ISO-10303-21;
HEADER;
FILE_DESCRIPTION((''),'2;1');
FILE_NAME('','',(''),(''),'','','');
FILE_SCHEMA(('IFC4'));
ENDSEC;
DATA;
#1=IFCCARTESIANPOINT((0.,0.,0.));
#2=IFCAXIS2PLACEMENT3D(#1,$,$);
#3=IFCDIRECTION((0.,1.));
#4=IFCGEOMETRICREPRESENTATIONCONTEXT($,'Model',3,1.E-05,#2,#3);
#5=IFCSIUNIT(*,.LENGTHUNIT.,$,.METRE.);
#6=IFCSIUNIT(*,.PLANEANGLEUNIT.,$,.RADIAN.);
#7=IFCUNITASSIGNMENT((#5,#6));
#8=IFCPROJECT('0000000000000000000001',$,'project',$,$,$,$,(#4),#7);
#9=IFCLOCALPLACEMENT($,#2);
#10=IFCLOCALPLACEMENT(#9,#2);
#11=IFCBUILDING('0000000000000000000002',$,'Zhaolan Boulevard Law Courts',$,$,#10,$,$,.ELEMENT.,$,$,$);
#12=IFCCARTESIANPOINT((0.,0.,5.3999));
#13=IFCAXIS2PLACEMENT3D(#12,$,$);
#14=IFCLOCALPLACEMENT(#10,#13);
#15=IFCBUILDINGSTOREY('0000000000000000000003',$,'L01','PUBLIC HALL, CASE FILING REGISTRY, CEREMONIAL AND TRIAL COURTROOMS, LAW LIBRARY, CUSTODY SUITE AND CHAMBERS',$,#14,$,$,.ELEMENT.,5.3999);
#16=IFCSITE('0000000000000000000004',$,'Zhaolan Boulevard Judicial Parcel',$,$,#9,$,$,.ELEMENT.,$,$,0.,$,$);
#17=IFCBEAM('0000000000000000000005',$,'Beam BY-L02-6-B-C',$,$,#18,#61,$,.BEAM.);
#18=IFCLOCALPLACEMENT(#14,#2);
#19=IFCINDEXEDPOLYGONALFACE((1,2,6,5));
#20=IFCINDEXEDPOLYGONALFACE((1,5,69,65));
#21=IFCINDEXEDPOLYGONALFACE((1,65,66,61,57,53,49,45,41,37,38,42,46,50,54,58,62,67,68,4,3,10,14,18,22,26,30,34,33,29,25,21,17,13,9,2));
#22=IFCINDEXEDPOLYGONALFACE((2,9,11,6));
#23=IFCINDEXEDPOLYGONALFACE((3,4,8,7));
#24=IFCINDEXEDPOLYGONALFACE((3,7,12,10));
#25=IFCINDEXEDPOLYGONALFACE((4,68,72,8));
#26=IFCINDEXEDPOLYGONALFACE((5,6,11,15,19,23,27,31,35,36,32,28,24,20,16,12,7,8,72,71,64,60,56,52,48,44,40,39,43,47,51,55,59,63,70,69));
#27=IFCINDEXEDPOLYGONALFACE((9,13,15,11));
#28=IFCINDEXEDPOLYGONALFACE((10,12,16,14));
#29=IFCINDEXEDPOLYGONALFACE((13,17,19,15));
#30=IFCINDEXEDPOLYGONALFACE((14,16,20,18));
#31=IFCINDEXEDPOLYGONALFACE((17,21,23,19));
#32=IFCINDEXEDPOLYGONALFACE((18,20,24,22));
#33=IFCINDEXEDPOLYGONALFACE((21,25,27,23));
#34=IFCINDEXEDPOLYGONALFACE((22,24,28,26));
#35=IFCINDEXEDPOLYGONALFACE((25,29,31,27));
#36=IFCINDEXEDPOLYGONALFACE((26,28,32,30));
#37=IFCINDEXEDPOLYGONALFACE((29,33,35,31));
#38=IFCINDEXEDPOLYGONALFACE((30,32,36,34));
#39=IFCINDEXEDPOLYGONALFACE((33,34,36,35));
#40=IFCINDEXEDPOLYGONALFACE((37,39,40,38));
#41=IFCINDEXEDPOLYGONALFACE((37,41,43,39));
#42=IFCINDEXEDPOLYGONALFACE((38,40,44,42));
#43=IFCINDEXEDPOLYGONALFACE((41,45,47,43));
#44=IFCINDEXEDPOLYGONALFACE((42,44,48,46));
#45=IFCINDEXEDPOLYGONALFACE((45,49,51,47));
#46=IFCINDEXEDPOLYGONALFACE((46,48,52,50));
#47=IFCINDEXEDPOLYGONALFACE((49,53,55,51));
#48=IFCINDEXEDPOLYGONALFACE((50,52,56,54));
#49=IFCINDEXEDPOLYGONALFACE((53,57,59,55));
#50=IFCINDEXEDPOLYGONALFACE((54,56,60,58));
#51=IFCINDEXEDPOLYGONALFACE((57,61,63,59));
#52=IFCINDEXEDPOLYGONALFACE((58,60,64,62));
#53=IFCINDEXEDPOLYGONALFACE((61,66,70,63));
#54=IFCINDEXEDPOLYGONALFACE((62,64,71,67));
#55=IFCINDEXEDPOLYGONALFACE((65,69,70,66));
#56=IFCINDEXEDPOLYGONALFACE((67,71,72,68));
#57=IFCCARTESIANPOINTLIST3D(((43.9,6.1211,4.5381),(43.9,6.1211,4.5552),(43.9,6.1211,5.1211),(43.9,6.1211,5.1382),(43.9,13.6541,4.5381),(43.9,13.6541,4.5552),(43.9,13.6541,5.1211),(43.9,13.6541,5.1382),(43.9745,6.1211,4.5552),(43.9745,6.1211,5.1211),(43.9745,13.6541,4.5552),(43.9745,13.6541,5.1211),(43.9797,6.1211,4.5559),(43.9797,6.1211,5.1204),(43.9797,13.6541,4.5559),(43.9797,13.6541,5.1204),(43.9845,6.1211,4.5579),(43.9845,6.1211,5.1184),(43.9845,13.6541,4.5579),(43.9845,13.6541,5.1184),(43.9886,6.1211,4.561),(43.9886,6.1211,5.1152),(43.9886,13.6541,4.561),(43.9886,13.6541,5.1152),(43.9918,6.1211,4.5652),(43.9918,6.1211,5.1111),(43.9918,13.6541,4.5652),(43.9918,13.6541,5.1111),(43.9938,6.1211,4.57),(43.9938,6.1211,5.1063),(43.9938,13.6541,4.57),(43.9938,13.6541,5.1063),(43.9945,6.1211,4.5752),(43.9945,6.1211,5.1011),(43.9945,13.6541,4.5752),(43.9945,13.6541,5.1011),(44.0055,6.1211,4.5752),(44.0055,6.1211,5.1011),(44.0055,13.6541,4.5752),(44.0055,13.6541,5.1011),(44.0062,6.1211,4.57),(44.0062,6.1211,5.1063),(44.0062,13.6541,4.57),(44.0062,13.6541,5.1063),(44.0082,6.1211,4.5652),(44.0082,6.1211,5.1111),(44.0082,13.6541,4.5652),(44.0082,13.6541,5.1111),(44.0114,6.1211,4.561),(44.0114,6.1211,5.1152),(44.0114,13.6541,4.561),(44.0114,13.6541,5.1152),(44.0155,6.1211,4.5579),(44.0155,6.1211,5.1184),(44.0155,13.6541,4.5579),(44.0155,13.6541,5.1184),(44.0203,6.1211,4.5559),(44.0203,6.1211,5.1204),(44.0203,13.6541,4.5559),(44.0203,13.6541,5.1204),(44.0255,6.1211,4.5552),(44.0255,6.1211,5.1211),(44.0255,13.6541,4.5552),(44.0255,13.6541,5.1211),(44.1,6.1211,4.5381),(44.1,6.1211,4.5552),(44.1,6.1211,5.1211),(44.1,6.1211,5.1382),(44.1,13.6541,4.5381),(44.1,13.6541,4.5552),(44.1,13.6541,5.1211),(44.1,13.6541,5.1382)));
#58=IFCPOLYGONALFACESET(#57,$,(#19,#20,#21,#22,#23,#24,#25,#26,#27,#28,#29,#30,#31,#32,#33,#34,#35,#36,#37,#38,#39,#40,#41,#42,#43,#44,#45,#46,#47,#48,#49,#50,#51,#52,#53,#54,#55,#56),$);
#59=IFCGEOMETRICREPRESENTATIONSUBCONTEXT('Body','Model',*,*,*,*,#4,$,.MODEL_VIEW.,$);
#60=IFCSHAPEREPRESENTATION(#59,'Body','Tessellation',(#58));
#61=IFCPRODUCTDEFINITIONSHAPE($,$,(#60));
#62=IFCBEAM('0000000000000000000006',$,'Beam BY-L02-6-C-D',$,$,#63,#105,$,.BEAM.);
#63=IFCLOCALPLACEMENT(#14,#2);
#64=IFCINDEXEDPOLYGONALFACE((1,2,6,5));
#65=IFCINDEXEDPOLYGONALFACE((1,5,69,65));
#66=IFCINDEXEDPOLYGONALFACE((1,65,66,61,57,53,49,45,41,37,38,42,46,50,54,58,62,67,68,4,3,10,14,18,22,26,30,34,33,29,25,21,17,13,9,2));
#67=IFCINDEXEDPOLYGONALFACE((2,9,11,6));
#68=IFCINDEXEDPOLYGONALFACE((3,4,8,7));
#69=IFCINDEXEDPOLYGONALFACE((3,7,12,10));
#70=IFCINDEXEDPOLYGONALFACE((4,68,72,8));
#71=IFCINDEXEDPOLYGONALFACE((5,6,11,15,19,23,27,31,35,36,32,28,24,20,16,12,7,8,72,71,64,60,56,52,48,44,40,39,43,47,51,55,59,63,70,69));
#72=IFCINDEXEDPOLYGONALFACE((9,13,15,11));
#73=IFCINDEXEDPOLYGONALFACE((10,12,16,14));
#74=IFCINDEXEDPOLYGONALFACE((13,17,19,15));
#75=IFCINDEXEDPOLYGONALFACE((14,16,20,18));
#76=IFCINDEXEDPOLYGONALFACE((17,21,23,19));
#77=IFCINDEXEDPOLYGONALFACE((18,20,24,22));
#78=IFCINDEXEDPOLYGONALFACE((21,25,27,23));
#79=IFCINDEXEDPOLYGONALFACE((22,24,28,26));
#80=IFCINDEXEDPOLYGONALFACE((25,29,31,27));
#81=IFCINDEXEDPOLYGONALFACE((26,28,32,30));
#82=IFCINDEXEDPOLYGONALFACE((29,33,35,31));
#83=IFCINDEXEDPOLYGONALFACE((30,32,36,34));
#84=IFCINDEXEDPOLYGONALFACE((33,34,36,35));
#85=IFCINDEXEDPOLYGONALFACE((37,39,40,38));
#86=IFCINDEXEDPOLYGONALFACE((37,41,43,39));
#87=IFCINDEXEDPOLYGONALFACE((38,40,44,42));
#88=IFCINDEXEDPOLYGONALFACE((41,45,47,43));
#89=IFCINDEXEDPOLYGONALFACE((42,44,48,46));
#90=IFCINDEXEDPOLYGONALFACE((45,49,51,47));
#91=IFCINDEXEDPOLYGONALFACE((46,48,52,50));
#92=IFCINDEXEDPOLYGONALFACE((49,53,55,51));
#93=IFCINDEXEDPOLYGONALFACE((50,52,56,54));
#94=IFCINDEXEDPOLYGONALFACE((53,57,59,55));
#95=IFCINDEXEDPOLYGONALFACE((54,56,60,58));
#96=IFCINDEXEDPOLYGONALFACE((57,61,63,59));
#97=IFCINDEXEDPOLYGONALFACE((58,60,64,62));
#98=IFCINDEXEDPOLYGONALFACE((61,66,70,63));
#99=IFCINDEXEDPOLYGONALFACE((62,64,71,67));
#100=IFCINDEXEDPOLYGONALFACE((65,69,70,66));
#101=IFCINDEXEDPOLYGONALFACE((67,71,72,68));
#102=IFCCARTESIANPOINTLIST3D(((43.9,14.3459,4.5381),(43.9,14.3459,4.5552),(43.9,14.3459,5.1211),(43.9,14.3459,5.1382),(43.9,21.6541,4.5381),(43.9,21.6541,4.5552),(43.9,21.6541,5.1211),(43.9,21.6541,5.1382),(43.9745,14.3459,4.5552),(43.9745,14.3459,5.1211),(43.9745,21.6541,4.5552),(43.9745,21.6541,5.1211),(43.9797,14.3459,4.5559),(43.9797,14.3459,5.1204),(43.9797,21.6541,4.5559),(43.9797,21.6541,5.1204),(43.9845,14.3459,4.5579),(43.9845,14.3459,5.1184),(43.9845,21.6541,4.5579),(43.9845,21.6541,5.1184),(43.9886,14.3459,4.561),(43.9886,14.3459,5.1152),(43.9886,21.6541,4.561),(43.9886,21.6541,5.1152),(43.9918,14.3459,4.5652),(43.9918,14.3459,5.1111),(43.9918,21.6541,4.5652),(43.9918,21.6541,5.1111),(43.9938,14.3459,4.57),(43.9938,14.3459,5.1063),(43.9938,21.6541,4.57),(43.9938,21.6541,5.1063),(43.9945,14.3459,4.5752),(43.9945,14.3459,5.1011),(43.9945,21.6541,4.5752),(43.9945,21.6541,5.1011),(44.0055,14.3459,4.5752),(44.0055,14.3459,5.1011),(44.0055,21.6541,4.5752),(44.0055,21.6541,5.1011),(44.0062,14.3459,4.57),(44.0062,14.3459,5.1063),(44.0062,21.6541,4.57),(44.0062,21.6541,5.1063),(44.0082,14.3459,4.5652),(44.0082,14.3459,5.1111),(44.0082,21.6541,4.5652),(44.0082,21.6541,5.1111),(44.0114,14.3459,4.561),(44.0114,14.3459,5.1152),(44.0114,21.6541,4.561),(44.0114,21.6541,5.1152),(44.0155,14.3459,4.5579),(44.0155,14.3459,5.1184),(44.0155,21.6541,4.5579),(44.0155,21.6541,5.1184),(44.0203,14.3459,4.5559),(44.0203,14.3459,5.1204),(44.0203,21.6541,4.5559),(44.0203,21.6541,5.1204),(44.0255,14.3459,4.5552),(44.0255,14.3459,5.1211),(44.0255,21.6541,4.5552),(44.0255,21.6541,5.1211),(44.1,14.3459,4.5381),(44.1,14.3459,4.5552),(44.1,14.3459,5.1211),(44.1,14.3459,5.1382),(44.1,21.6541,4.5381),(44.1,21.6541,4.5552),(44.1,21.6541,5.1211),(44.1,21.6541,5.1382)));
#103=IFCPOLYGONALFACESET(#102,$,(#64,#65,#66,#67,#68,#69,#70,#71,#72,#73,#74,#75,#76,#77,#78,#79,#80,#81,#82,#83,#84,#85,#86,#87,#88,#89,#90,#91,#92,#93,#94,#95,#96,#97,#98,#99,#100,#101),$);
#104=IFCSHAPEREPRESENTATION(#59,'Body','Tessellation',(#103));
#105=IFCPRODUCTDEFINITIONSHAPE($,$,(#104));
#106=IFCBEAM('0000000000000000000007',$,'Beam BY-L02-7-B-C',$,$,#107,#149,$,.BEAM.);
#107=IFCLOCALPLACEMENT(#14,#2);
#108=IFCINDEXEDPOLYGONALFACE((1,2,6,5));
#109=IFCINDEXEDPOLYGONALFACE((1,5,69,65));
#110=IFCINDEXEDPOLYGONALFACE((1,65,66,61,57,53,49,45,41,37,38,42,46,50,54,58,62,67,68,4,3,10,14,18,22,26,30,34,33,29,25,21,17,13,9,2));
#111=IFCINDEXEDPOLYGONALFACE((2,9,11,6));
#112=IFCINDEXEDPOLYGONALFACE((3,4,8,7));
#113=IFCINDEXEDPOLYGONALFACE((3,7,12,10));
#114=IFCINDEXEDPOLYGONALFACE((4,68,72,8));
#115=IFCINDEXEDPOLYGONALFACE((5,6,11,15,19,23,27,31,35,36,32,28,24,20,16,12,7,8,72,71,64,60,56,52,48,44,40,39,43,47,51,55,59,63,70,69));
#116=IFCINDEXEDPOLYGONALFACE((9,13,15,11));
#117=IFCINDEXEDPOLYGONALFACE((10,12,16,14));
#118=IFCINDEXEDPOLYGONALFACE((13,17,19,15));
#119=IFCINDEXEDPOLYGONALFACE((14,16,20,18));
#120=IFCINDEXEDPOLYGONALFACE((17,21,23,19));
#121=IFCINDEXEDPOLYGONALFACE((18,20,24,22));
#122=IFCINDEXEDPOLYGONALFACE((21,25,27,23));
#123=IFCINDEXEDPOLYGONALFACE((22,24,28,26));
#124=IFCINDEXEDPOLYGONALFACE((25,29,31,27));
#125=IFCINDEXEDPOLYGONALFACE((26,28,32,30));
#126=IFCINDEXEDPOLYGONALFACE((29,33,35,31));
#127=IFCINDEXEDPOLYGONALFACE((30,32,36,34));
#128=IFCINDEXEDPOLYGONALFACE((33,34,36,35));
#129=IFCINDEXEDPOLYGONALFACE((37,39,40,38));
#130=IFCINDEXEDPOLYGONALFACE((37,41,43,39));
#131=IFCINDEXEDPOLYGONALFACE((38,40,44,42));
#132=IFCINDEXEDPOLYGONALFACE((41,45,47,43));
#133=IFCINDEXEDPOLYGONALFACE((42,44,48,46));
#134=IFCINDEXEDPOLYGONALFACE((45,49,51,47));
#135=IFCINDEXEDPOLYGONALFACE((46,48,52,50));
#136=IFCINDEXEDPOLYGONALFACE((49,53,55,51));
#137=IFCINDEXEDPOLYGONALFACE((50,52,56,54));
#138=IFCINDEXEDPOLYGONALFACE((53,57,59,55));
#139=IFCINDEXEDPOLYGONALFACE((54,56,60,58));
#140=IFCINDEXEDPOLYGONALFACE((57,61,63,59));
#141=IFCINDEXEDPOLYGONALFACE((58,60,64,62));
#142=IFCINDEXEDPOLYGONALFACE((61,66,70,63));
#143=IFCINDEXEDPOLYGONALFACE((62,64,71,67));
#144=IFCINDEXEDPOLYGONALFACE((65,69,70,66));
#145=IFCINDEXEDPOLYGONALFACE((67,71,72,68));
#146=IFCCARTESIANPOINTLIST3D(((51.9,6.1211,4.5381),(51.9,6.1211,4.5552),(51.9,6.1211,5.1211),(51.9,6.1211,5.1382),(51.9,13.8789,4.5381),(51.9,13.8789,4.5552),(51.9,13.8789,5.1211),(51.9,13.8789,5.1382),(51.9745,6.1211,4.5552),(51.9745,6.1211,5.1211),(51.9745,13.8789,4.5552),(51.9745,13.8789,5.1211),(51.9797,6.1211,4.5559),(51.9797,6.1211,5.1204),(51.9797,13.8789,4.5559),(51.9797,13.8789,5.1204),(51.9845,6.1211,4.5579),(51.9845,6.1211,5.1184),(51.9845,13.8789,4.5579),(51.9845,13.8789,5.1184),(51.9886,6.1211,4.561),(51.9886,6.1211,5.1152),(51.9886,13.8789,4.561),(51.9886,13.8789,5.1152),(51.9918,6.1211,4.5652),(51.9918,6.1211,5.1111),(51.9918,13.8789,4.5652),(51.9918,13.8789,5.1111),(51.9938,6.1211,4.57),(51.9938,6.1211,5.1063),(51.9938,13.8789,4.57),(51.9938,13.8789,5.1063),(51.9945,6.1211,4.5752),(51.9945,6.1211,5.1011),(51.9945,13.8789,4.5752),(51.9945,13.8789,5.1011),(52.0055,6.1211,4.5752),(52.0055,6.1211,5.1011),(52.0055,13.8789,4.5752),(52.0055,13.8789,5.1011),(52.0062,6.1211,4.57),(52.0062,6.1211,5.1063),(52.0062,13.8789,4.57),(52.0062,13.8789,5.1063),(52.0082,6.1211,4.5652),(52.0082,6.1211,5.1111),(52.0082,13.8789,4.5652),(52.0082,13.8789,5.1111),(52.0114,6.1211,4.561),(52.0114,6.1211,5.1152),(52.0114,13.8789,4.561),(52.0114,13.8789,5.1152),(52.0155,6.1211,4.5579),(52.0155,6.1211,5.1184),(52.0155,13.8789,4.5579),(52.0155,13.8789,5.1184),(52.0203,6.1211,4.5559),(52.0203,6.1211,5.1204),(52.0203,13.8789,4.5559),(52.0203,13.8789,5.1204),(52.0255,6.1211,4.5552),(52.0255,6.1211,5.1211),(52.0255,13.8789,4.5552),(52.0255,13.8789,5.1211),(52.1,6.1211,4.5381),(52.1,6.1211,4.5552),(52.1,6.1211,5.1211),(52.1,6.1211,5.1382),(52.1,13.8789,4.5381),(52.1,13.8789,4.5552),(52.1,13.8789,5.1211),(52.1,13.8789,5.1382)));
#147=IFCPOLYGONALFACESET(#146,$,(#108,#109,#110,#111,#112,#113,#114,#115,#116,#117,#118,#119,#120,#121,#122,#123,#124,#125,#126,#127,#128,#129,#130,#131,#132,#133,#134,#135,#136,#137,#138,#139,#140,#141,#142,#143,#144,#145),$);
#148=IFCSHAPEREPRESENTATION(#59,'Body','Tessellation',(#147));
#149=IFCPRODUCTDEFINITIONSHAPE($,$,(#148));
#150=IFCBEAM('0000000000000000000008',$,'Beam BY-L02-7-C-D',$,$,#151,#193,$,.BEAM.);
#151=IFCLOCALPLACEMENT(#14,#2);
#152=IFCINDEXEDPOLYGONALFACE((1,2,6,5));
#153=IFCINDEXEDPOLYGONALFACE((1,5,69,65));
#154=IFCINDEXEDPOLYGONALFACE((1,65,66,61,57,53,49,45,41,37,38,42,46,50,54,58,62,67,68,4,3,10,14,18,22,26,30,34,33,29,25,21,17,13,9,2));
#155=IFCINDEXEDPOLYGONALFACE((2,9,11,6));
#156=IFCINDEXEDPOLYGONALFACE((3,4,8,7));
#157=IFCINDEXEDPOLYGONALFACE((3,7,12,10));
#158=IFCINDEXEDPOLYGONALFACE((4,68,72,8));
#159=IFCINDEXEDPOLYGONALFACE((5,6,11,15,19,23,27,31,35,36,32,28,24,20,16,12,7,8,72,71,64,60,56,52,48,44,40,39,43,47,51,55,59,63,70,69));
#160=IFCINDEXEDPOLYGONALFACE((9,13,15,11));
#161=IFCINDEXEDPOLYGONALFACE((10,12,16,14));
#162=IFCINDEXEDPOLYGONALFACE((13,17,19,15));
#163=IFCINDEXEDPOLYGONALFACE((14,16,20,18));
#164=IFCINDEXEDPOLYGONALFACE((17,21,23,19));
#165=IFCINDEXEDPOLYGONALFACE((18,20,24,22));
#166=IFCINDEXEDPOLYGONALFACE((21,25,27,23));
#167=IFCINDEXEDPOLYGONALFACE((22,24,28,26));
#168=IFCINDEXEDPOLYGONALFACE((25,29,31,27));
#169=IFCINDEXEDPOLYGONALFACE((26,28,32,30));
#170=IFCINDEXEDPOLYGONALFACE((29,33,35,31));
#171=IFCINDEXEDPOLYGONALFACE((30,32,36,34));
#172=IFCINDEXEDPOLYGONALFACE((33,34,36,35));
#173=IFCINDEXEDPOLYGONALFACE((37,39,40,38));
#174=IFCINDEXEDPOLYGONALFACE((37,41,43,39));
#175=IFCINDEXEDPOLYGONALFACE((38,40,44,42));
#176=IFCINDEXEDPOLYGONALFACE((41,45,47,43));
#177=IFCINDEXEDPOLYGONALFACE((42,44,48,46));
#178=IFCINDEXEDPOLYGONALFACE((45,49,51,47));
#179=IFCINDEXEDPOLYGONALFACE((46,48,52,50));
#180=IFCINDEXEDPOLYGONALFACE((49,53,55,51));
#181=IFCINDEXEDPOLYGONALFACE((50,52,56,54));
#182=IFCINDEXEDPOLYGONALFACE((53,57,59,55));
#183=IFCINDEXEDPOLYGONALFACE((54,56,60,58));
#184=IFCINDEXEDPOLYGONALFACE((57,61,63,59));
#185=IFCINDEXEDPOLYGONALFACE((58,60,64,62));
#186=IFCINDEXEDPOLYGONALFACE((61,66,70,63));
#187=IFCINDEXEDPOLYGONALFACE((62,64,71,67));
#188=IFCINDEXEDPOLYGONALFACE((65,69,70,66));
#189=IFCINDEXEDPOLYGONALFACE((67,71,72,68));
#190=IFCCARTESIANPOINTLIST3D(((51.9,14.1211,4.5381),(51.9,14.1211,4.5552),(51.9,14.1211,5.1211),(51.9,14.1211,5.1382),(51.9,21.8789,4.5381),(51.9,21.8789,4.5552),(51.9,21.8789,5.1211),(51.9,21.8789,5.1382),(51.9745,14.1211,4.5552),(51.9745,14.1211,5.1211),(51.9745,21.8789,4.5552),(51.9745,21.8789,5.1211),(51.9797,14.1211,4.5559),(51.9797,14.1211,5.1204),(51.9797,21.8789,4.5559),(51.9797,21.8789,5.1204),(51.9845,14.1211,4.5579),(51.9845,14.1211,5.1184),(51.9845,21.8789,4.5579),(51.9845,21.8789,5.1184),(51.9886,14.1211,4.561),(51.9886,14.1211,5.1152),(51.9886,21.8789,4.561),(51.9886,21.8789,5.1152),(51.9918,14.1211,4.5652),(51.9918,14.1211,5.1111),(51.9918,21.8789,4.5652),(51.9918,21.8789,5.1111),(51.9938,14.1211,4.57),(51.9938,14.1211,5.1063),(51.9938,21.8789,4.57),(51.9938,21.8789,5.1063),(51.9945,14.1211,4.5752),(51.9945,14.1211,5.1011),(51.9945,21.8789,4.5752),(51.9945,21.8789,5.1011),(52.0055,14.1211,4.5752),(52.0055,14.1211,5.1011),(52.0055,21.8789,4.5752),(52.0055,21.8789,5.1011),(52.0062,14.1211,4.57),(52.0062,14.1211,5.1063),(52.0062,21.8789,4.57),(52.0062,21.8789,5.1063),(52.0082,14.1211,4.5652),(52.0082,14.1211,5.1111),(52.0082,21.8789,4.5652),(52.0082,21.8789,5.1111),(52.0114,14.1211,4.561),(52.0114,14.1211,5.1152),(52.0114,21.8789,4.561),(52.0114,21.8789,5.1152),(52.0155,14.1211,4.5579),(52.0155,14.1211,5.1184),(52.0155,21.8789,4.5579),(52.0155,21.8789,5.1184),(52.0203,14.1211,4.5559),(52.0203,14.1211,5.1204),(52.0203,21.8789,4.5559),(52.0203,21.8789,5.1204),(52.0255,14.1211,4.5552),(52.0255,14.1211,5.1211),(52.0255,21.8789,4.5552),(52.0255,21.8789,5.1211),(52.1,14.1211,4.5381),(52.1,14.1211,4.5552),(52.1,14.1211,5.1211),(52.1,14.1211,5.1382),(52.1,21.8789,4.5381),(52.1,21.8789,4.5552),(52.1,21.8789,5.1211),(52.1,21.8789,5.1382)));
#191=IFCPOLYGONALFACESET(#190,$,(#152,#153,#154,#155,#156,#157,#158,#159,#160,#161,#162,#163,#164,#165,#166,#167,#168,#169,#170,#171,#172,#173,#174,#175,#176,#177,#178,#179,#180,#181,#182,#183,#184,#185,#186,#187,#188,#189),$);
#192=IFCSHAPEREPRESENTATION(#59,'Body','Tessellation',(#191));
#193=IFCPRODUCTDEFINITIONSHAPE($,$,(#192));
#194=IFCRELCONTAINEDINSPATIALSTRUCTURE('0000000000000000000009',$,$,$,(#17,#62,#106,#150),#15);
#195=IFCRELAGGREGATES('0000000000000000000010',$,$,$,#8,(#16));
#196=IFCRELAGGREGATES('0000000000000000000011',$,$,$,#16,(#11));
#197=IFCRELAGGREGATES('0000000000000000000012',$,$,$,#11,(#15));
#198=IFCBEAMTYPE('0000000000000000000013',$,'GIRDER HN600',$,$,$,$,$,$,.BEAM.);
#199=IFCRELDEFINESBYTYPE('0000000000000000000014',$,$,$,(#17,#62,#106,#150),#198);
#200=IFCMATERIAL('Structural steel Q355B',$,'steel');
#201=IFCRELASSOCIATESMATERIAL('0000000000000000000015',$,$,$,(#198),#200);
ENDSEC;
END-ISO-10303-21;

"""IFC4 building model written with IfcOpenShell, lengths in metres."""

from ifc_helpers import new_model, si_unit, direction, frame, origin, origin_2d, place, context, subcontext, project, spatial, i_section, extrude, material, material_profile, profile_set, type_object, element, save


model = new_model("IFC4")

# Units and contexts
model_context = context("Model", 3, precision=1e-05, world=origin(), true_north=direction((0.0, 1.0)))
body_context = subcontext(model_context, "Body", "Model", "MODEL_VIEW")
ifc_project = project(units=[si_unit("LENGTHUNIT", "METRE"), si_unit("PLANEANGLEUNIT", "RADIAN")], contexts=[model_context])

# Site, building, storey
site_placement = place(None, origin())
site = spatial("IfcSite", under=ifc_project, at=site_placement, Name="Zhaolan Boulevard Judicial Parcel", CompositionType="ELEMENT", RefElevation=0.0)
building_placement = place(site_placement, origin())
building = spatial("IfcBuilding", under=site, at=building_placement, Name="Zhaolan Boulevard Law Courts", CompositionType="ELEMENT")
storey_placement = place(building_placement, frame((0.0, 0.0, 5.3999)))
storey = spatial("IfcBuildingStorey", under=building, at=storey_placement, Name="L01", Description="PUBLIC HALL, CASE FILING REGISTRY, CEREMONIAL AND TRIAL COURTROOMS, LAW LIBRARY, CUSTODY SUITE AND CHAMBERS", CompositionType="ELEMENT", Elevation=5.3999)

# Beams
ifc_material_1 = material(Name="Structural steel Q355B", Category="steel")
ifc_material_profile_1 = material_profile(ifc_material_1, i_section(OverallWidth=0.2, OverallDepth=0.6001, WebThickness=0.011, FlangeThickness=0.0171, FilletRadius=0.02, at=origin_2d()), Name="HN600x200")
ifc_profile_set_1 = profile_set([ifc_material_profile_1], Name="Structural steel Q355B")
beam_type_1 = type_object("IfcBeamType", Name="GIRDER HN600", PredefinedType="BEAM", material=ifc_profile_set_1)
beam_1_placement = place(storey_placement, frame((44.0, 6.1211, 4.8381), z_axis=(0.0, 1.0, 0.0), x_axis=(-1.0, 0.0, 0.0)))
element("IfcBeam", 1, at=beam_1_placement, inside=storey, type_object=beam_type_1, Name="Beam BY-L02-6-B-C", PredefinedType="BEAM", context=body_context, shape_type="SweptSolid", body=[
    extrude(i_section(OverallWidth=0.2, OverallDepth=0.6001, WebThickness=0.011, FlangeThickness=0.0171, FilletRadius=0.02, at=origin_2d()), origin(), (0.0, 0.0, 1.0), 7.533),
])
beam_2_placement = place(storey_placement, frame((44.0, 14.3459, 4.8381), z_axis=(0.0, 1.0, 0.0), x_axis=(-1.0, 0.0, 0.0)))
element("IfcBeam", 2, at=beam_2_placement, inside=storey, type_object=beam_type_1, Name="Beam BY-L02-6-C-D", PredefinedType="BEAM", context=body_context, shape_type="SweptSolid", body=[
    extrude(i_section(OverallWidth=0.2, OverallDepth=0.6001, WebThickness=0.011, FlangeThickness=0.0171, FilletRadius=0.02, at=origin_2d()), origin(), (0.0, 0.0, 1.0), 7.3081),
])
for number, where, z_axis, x_axis, name in (
    (3, (52.0, 6.1211, 4.8381), (0.0, 1.0, 0.0), (-1.0, 0.0, 0.0), "Beam BY-L02-7-B-C"),
    (4, (52.0, 14.1211, 4.8381), (0.0, 1.0, 0.0), (-1.0, 0.0, 0.0), "Beam BY-L02-7-C-D"),
):
    element("IfcBeam", number, at=place(storey_placement, frame(where, z_axis=z_axis, x_axis=x_axis)), inside=storey, type_object=beam_type_1, Name=name, PredefinedType="BEAM", context=body_context, shape_type="SweptSolid", body=[
        extrude(i_section(OverallWidth=0.2, OverallDepth=0.6001, WebThickness=0.011, FlangeThickness=0.0171, FilletRadius=0.02, at=origin_2d()), origin(), (0.0, 0.0, 1.0), 7.7578),
    ])

save(model, "model.ifc")
